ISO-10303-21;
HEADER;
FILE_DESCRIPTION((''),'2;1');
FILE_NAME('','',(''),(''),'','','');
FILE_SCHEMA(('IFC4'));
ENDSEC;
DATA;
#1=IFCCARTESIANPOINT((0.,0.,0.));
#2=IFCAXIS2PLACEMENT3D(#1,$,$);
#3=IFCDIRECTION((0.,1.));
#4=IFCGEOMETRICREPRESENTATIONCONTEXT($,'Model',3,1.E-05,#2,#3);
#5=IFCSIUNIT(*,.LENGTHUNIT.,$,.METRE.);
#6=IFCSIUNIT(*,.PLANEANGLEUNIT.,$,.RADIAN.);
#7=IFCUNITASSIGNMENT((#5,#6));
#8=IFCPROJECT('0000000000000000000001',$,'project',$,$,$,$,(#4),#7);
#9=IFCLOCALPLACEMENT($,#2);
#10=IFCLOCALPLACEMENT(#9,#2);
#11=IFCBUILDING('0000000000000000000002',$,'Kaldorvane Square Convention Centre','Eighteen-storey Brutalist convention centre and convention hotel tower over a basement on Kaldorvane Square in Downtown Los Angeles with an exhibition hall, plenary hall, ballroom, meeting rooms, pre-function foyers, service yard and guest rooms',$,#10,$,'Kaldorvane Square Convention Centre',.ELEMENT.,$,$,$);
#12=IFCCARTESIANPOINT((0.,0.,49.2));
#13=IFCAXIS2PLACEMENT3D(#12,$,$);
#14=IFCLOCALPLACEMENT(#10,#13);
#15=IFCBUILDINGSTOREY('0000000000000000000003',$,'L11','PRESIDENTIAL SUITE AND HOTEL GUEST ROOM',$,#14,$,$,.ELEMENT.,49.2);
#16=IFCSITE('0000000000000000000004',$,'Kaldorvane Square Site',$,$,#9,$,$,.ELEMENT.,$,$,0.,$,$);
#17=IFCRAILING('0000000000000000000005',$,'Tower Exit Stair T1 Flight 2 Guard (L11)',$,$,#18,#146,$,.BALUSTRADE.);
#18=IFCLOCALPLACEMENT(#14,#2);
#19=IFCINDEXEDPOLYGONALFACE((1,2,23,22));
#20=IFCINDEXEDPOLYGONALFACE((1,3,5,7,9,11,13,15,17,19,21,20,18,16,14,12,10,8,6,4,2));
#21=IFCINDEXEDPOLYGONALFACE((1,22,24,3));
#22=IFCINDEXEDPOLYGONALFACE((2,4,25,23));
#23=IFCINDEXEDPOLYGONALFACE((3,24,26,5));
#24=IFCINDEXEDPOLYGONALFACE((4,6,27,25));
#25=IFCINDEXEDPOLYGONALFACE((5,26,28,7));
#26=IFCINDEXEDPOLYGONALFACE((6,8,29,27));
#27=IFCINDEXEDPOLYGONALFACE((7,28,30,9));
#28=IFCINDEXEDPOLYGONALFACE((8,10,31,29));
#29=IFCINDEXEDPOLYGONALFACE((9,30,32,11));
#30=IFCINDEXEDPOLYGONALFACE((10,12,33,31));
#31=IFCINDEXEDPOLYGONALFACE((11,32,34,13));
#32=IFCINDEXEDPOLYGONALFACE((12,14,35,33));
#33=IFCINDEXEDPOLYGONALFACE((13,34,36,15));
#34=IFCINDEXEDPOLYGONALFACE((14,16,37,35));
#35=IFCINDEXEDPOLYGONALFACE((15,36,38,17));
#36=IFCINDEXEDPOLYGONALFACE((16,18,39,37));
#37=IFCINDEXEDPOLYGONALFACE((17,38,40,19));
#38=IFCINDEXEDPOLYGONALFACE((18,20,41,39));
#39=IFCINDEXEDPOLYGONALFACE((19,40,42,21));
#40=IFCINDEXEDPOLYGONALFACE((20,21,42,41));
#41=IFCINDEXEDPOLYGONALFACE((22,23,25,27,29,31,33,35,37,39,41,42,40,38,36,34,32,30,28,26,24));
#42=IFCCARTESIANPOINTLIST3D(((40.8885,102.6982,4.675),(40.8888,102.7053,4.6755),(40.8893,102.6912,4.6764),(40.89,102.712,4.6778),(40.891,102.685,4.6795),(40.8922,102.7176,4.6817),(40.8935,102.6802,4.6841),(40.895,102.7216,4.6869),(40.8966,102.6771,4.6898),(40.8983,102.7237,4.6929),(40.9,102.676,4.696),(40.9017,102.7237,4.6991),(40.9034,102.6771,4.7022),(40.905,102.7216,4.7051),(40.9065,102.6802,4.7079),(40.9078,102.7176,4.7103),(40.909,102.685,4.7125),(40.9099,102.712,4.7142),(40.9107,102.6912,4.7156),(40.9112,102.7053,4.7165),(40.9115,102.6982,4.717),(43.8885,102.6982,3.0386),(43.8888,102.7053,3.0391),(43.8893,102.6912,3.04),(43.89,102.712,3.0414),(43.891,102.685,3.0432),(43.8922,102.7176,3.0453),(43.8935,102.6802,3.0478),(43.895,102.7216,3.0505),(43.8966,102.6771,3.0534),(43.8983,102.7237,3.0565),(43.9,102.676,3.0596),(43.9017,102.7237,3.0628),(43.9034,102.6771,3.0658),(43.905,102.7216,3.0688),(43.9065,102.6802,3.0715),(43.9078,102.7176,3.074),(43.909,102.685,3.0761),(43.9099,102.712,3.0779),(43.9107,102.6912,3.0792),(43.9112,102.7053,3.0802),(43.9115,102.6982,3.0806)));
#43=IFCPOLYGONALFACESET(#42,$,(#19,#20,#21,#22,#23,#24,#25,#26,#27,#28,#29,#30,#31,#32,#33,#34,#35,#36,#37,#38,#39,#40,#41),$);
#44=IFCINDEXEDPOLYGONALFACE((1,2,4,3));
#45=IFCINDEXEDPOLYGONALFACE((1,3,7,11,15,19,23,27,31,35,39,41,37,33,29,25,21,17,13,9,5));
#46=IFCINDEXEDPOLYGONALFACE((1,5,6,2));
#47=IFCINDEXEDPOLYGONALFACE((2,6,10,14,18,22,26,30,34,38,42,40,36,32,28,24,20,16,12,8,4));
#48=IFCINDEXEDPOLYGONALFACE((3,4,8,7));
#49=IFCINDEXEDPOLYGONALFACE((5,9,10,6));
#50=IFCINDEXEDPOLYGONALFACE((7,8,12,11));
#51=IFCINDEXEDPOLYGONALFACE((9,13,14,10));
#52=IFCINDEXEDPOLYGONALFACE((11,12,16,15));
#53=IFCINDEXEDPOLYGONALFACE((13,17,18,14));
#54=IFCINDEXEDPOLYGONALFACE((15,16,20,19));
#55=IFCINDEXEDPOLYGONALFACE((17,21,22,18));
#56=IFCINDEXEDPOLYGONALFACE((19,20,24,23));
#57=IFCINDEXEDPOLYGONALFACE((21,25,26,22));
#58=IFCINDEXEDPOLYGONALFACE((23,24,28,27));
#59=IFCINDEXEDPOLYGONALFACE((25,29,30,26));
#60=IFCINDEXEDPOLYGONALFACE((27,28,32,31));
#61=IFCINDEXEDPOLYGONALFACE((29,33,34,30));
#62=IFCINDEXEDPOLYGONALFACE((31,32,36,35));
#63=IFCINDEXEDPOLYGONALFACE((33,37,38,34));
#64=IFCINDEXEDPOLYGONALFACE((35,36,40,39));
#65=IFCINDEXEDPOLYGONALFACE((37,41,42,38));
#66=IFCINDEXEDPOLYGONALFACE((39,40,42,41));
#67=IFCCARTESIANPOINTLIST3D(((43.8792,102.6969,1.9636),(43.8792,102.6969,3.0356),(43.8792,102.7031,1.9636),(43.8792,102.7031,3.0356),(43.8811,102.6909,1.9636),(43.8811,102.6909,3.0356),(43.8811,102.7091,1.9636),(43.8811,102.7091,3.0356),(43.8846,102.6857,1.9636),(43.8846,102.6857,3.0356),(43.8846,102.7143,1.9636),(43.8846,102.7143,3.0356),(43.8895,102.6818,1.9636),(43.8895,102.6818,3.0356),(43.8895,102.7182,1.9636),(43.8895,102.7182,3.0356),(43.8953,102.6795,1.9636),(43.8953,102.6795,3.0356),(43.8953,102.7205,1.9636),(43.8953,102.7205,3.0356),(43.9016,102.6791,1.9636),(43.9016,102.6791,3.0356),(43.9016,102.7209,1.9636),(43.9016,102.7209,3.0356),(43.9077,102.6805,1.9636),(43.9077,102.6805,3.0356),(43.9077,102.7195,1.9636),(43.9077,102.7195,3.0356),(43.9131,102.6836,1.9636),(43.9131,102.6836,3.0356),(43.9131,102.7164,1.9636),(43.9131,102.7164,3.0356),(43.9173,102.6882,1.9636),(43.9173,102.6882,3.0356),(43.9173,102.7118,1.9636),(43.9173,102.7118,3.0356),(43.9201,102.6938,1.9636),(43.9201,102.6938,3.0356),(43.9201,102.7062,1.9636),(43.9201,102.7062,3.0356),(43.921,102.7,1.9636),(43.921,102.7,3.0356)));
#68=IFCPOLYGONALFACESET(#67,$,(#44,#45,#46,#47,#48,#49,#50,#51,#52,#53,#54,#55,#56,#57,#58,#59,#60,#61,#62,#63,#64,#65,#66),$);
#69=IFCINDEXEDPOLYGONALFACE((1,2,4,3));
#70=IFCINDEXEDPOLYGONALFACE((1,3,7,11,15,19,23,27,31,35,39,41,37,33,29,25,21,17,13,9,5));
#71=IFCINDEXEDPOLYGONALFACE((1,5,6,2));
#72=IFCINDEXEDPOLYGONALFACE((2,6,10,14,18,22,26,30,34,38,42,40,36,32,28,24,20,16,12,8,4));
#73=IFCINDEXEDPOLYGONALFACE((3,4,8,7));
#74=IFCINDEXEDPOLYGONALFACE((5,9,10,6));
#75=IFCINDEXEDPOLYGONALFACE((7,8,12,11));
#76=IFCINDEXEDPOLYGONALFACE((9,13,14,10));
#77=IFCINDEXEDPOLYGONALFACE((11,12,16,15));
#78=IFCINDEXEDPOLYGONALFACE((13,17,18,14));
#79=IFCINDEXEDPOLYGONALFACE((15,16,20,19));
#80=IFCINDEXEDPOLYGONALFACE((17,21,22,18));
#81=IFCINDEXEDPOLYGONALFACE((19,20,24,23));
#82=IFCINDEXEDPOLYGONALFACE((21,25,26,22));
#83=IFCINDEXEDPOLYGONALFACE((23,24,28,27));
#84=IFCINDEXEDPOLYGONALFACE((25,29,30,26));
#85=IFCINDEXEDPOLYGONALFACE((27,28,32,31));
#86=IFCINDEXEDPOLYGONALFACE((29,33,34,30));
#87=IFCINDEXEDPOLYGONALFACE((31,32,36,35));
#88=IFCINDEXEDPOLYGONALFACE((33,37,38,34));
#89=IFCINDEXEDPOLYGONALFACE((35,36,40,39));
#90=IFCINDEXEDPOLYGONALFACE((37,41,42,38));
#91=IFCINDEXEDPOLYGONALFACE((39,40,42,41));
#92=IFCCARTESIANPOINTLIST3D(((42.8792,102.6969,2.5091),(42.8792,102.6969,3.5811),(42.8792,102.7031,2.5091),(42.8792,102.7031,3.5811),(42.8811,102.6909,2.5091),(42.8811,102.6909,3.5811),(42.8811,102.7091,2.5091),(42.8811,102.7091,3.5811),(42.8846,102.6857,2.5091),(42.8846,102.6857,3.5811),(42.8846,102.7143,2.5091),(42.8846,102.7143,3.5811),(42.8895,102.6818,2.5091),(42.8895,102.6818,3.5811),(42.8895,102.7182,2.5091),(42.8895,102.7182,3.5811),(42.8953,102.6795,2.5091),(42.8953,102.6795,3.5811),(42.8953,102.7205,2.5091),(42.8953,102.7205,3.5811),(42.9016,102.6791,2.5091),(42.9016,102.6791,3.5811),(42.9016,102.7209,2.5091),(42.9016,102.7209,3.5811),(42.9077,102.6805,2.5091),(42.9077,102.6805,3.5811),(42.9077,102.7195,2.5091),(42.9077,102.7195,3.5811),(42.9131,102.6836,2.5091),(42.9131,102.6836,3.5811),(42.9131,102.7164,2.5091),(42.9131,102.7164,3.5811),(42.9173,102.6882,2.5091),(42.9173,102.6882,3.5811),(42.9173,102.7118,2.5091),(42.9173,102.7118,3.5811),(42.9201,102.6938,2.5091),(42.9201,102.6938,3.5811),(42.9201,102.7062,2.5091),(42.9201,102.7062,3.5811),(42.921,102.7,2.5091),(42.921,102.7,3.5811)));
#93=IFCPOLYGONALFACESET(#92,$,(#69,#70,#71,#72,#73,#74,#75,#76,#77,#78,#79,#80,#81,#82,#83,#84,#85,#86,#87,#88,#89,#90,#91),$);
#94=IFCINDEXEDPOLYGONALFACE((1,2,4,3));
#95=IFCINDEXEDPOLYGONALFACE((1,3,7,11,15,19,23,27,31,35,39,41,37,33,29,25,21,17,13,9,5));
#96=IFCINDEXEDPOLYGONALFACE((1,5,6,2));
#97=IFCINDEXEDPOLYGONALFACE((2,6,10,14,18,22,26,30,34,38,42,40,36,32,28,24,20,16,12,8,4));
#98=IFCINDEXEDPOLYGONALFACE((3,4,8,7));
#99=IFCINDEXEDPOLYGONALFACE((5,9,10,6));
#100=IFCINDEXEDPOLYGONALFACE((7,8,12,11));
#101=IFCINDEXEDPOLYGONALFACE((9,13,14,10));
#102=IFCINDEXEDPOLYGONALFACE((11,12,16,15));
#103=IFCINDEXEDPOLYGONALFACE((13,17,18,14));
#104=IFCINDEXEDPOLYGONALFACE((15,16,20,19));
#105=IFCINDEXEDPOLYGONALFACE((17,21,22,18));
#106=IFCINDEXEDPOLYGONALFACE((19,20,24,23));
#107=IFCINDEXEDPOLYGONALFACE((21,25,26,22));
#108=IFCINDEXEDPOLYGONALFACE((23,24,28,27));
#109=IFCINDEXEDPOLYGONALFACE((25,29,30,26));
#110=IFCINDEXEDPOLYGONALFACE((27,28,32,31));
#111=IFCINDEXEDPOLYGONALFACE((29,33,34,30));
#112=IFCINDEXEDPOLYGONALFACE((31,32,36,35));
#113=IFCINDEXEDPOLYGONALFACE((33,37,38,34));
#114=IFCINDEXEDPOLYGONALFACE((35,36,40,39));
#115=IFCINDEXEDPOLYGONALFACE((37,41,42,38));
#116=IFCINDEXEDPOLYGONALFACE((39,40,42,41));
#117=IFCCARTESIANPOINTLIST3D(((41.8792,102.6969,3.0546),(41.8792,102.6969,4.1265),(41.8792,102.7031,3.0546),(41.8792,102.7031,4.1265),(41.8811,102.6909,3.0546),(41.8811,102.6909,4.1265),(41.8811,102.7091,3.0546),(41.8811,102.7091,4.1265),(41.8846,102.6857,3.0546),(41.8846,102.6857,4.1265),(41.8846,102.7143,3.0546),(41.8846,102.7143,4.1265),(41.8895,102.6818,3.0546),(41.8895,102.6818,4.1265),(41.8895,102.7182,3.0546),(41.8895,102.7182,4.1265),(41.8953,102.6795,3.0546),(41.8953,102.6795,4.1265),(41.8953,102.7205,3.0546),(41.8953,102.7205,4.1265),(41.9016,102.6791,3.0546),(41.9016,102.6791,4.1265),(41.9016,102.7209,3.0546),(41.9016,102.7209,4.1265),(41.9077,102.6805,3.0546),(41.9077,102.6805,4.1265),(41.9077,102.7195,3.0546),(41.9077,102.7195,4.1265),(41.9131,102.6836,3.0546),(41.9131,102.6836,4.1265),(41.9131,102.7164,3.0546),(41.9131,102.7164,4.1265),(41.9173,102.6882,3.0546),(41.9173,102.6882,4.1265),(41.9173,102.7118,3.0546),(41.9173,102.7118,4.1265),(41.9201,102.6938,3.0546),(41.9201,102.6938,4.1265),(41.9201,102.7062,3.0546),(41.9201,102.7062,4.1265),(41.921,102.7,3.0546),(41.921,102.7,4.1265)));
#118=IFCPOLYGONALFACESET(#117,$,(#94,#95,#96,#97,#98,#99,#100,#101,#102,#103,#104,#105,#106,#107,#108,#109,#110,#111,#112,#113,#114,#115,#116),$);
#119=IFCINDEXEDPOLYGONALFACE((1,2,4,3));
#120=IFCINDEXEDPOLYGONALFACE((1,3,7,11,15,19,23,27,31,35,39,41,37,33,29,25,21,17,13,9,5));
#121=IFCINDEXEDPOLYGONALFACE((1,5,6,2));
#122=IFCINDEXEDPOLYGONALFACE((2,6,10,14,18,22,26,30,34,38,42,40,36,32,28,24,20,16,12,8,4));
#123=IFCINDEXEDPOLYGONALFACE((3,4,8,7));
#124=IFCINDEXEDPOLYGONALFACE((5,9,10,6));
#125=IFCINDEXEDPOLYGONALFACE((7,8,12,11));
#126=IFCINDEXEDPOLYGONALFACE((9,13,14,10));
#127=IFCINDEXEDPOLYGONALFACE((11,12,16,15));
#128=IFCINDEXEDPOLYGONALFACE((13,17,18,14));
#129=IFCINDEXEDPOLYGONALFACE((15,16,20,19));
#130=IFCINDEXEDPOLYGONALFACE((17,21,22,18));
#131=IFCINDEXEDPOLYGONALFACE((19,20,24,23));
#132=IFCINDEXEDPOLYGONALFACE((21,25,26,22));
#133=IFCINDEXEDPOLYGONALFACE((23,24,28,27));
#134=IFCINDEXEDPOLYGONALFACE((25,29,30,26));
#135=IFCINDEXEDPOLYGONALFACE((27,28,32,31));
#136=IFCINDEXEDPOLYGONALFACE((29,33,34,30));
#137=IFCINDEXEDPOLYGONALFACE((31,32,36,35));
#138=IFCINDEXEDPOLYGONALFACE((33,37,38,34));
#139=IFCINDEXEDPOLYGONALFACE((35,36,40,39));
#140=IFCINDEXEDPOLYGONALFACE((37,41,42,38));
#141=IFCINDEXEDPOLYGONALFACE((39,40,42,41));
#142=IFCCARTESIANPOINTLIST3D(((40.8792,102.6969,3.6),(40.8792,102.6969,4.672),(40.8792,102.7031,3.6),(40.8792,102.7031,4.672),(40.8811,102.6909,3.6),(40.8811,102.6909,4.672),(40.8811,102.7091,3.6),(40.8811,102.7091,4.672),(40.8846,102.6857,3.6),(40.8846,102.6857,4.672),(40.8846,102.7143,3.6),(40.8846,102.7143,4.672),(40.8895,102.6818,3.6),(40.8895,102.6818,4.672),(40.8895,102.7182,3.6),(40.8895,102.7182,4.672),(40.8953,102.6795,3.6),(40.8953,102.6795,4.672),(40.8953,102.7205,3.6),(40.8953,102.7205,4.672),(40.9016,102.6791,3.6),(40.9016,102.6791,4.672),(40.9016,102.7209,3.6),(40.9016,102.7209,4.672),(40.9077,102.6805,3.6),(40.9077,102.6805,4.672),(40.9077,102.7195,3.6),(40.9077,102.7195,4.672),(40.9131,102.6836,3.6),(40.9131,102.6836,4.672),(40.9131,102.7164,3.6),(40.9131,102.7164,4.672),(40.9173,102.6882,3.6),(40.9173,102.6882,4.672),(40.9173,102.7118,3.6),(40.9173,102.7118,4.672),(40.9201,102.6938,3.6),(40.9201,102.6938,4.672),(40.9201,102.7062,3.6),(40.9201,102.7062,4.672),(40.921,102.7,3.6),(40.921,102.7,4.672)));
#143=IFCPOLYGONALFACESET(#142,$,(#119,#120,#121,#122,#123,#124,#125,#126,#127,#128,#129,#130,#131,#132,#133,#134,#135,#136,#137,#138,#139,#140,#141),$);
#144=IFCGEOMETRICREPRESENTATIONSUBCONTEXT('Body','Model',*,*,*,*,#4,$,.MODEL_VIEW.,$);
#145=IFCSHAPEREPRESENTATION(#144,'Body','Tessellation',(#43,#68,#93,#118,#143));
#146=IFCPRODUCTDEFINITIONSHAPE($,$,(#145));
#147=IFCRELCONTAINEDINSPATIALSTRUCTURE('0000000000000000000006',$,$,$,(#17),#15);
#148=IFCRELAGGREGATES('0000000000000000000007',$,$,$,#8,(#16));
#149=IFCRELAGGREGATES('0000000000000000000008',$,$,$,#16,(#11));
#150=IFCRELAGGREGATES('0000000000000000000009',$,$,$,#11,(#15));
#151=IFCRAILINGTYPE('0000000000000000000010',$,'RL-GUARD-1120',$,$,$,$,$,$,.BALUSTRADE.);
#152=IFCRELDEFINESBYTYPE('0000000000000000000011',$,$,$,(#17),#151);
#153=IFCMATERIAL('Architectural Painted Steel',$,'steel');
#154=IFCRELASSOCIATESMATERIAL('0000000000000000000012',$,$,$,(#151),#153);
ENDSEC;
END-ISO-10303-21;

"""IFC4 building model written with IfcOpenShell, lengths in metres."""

from ifc_helpers import new_model, si_unit, direction, frame, origin, origin_2d, place, context, subcontext, project, spatial, circle, extrude, material, type_object, element, save


model = new_model("IFC4")

# Units and contexts
model_context = context("Model", 3, precision=1e-05, world=origin(), true_north=direction((0.0, 1.0)))
body_context = subcontext(model_context, "Body", "Model", "MODEL_VIEW")
ifc_project = project(units=[si_unit("LENGTHUNIT", "METRE"), si_unit("PLANEANGLEUNIT", "RADIAN")], contexts=[model_context])

# Site, building, storey
site_placement = place(None, origin())
site = spatial("IfcSite", under=ifc_project, at=site_placement, Name="Kaldorvane Square Site", CompositionType="ELEMENT", RefElevation=0.0)
building_placement = place(site_placement, origin())
building = spatial("IfcBuilding", under=site, at=building_placement, Name="Kaldorvane Square Convention Centre", Description="Eighteen-storey Brutalist convention centre and convention hotel tower over a basement on Kaldorvane Square in Downtown Los Angeles with an exhibition hall, plenary hall, ballroom, meeting rooms, pre-function foyers, service yard and guest rooms", LongName="Kaldorvane Square Convention Centre", CompositionType="ELEMENT")
storey_placement = place(building_placement, frame((0.0, 0.0, 49.2)))
storey = spatial("IfcBuildingStorey", under=building, at=storey_placement, Name="L11", Description="PRESIDENTIAL SUITE AND HOTEL GUEST ROOM", CompositionType="ELEMENT", Elevation=49.2)

# Railing
ifc_material_1 = material(Name="Architectural Painted Steel", Category="steel")
railing_type_1 = type_object("IfcRailingType", Name="RL-GUARD-1120", PredefinedType="BALUSTRADE", material=ifc_material_1)
railing_1_placement = place(storey_placement, frame((43.9, 102.7, 1.9636)))
element("IfcRailing", 1, at=railing_1_placement, inside=storey, type_object=railing_type_1, Name="Tower Exit Stair T1 Flight 2 Guard (L11)", PredefinedType="BALUSTRADE", context=body_context, shape_type="SweptSolid", body=[
    extrude(circle(Radius=0.024, at=origin_2d()), frame((0.0, 0.0, 1.096), z_axis=(-0.877895, 0.0, 0.478853), x_axis=(0.0, -1.0, 0.0)), (0.0, 0.0, 1.0), 3.4173),
    extrude(circle(Radius=0.021, at=origin_2d()), origin(), (0.0, 0.0, 1.0), 1.072),
    extrude(circle(Radius=0.021, at=origin_2d()), frame((-1.0, 0.0, 0.5455)), (0.0, 0.0, 1.0), 1.072),
    extrude(circle(Radius=0.021, at=origin_2d()), frame((-2.0, 0.0, 1.0909)), (0.0, 0.0, 1.0), 1.072),
    extrude(circle(Radius=0.021, at=origin_2d()), frame((-3.0, 0.0, 1.6364)), (0.0, 0.0, 1.0), 1.072),
])

save(model, "model.ifc")
